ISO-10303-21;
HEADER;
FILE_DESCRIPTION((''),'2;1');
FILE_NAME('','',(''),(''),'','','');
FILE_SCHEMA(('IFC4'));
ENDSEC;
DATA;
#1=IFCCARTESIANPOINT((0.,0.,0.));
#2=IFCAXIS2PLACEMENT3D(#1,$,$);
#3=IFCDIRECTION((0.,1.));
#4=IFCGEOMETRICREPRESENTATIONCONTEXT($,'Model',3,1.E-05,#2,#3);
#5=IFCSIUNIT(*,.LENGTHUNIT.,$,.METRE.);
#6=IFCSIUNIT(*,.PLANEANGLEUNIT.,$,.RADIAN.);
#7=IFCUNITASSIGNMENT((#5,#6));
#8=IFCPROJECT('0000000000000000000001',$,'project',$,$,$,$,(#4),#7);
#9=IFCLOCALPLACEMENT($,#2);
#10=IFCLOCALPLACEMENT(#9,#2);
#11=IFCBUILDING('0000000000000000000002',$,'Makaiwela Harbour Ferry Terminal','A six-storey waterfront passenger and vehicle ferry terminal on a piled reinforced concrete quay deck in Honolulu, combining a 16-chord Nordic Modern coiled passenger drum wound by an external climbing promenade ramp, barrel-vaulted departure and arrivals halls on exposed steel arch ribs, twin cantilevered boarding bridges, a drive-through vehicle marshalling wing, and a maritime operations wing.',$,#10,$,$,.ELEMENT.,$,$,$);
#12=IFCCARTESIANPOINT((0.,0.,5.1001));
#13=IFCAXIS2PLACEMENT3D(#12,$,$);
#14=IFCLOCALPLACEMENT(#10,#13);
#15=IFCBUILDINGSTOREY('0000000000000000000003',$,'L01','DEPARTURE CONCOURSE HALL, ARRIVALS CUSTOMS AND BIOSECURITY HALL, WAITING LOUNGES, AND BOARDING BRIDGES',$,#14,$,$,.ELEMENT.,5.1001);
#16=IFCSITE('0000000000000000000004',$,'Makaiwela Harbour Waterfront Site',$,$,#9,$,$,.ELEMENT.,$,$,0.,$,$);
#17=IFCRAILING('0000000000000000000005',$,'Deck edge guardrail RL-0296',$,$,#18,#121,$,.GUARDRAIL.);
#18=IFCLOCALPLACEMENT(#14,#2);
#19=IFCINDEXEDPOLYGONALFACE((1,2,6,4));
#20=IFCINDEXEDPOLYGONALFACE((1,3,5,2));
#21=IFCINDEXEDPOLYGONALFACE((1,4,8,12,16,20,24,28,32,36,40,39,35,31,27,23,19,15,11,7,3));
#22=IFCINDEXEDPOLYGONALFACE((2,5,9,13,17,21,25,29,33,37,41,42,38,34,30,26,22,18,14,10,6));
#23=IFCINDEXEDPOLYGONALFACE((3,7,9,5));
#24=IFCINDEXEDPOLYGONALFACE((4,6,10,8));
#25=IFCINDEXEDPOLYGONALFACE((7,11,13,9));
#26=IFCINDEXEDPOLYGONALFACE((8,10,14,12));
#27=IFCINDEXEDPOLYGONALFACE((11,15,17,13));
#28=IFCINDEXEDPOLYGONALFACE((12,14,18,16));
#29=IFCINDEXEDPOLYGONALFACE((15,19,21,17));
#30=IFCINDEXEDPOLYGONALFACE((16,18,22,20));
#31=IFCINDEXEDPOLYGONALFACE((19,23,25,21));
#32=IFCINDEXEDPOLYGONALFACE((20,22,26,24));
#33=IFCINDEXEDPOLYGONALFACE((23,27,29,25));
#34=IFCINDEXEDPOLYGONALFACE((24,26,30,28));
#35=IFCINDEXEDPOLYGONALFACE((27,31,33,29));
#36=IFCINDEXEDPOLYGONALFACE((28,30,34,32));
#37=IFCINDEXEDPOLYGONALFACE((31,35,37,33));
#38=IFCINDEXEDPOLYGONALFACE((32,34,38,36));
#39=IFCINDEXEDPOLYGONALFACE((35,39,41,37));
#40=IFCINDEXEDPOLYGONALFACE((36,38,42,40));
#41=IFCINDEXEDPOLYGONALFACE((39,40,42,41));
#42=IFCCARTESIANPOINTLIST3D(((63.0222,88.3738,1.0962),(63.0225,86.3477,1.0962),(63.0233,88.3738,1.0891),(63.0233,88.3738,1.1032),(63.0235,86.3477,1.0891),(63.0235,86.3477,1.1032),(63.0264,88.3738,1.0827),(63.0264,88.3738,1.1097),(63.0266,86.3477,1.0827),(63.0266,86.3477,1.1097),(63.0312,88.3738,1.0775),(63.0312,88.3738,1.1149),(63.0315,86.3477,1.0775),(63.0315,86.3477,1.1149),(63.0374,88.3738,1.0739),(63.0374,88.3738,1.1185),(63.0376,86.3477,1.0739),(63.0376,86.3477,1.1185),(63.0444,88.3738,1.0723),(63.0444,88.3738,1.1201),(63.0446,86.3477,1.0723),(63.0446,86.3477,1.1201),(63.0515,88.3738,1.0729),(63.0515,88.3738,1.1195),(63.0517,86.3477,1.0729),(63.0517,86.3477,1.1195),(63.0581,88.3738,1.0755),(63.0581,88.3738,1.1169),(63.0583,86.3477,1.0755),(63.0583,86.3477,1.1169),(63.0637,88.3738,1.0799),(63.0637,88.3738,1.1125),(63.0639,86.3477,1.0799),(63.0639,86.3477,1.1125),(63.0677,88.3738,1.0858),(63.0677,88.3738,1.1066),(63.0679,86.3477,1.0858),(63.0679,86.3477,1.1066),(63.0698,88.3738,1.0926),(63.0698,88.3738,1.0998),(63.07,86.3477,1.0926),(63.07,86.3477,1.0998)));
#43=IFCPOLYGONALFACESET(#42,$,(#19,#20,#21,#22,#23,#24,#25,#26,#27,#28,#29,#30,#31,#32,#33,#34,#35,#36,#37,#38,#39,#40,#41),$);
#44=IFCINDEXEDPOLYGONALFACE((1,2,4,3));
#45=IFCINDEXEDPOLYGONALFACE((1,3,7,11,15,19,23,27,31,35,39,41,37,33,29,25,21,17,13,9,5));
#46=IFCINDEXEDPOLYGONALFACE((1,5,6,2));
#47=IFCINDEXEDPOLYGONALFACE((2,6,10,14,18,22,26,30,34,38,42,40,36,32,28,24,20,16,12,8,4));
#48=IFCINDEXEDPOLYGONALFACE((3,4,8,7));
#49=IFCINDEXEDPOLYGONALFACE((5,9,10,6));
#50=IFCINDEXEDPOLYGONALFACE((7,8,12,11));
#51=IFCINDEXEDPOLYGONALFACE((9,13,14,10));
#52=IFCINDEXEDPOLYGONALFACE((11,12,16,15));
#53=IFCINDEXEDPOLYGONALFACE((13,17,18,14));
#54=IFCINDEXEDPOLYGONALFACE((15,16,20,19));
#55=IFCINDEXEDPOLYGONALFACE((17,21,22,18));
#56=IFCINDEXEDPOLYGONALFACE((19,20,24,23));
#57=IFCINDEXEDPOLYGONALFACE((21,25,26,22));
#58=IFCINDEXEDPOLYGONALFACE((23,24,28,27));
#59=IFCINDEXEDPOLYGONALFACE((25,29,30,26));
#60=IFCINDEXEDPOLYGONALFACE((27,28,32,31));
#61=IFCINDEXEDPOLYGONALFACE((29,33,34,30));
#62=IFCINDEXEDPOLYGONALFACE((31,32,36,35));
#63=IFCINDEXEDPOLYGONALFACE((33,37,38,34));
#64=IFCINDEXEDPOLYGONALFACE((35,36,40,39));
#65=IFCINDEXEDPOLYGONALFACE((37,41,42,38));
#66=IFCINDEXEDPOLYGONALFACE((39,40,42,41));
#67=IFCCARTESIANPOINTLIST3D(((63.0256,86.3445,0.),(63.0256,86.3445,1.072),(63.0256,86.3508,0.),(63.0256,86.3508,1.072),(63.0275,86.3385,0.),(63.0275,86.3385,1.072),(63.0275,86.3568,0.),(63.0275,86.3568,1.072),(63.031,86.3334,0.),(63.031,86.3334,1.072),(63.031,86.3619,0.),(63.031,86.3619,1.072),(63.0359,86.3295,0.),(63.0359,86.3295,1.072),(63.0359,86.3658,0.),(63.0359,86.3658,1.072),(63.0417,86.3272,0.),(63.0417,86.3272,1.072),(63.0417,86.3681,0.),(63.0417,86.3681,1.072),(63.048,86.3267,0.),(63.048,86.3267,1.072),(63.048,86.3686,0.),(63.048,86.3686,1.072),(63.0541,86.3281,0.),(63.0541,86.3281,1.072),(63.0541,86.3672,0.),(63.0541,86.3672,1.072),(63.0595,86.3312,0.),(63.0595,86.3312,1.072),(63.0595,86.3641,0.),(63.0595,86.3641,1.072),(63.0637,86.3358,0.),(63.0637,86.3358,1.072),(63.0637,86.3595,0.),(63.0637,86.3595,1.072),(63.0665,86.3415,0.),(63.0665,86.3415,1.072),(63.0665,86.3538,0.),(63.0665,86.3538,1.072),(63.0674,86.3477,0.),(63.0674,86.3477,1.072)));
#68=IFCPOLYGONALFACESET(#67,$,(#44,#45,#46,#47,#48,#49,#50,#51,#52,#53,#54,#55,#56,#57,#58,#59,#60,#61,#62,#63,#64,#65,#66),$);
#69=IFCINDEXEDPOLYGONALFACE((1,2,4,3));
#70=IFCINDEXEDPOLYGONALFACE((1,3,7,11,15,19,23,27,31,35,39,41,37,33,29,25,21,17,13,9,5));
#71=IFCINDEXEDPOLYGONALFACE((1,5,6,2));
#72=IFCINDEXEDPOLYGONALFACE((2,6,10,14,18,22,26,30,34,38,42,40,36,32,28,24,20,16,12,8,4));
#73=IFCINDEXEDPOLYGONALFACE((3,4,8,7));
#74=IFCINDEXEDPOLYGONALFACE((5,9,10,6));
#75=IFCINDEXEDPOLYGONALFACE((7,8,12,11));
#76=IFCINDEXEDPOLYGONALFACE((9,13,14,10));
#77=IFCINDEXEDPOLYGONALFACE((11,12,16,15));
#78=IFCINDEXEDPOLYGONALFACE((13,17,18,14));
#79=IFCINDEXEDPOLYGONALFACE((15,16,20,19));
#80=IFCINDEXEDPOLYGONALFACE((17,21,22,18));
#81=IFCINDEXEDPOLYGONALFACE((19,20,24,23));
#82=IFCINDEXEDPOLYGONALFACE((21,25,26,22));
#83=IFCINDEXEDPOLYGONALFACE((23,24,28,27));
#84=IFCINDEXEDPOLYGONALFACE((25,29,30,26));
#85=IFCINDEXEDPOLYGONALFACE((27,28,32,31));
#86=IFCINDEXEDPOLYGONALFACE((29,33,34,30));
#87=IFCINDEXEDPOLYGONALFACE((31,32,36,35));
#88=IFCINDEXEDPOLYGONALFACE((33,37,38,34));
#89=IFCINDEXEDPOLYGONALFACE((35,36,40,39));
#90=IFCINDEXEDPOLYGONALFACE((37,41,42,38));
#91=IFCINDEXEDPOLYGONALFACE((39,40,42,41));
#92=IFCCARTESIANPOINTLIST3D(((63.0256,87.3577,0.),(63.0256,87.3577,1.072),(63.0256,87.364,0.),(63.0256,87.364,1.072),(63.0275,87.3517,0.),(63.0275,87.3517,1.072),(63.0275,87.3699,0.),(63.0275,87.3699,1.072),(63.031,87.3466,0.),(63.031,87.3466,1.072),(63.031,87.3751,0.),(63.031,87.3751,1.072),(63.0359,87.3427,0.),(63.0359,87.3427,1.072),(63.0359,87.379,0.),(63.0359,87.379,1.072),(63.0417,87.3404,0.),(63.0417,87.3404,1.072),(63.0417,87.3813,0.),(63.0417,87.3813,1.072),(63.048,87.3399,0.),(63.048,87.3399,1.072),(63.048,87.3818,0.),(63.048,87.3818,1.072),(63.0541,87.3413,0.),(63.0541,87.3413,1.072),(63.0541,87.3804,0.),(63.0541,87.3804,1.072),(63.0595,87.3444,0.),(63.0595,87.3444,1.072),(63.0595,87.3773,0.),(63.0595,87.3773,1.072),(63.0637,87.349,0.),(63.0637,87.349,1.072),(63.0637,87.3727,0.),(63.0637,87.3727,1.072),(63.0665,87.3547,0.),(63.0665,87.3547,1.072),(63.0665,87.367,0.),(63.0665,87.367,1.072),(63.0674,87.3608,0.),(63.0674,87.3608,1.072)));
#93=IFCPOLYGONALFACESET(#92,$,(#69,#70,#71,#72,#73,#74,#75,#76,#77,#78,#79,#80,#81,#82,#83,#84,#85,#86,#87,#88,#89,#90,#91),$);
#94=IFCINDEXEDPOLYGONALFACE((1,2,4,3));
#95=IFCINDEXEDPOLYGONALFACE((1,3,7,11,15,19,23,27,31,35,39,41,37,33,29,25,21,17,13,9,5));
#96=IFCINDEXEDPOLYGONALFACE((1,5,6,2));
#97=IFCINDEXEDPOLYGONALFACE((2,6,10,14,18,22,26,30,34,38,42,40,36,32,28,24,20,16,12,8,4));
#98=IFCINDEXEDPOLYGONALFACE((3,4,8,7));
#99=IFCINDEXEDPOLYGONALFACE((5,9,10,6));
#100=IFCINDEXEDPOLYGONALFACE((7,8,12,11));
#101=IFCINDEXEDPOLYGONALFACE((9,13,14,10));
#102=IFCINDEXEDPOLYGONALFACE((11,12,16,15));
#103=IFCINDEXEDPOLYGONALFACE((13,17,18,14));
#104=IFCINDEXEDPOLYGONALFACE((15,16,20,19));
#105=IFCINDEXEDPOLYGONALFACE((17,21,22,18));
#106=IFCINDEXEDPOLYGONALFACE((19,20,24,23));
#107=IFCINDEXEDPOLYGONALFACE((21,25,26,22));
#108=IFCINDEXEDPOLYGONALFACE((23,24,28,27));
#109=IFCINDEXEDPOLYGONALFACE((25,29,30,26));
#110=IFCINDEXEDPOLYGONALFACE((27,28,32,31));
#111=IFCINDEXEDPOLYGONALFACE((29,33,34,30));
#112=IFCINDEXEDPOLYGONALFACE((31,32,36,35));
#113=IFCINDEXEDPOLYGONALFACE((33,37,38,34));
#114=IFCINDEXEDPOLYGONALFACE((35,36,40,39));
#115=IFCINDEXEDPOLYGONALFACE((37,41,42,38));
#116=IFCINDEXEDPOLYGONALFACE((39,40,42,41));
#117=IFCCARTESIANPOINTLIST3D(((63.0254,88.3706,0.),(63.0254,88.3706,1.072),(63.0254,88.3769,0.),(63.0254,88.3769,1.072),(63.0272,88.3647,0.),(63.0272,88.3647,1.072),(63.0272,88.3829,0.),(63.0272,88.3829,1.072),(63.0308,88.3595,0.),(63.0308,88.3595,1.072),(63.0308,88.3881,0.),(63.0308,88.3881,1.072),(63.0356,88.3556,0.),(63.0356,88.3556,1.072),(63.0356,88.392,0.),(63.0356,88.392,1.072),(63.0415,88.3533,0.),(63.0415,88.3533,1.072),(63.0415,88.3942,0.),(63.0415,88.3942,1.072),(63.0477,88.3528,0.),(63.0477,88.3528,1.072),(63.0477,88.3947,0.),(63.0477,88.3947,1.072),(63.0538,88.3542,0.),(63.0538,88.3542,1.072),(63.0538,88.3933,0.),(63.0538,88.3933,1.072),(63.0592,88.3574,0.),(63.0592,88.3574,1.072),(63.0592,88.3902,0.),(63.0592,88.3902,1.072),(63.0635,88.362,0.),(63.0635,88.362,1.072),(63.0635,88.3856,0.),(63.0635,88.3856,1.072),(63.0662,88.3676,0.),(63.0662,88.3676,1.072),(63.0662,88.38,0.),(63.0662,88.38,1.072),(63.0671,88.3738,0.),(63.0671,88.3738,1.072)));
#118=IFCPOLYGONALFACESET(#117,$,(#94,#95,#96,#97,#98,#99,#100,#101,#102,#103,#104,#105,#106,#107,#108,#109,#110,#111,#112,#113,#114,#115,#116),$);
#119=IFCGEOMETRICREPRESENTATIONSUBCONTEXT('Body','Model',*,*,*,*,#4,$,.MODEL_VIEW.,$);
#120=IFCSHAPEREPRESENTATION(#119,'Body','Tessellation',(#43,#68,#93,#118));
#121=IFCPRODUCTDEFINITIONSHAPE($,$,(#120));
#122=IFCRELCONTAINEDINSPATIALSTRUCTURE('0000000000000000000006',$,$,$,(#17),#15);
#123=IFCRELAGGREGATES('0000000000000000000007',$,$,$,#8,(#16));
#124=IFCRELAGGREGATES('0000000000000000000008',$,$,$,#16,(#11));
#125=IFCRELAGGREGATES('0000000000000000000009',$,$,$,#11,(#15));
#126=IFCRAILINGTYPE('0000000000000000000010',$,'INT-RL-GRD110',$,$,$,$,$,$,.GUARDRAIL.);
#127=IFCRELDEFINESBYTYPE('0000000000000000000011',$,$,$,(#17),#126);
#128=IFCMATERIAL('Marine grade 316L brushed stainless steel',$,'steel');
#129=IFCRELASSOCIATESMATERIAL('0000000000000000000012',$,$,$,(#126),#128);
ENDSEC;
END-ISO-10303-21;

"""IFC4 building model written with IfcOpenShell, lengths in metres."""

from ifc_helpers import new_model, si_unit, direction, frame, origin, origin_2d, place, context, subcontext, project, spatial, circle, extrude, material, type_object, element, save


model = new_model("IFC4")

# Units and contexts
model_context = context("Model", 3, precision=1e-05, world=origin(), true_north=direction((0.0, 1.0)))
body_context = subcontext(model_context, "Body", "Model", "MODEL_VIEW")
ifc_project = project(units=[si_unit("LENGTHUNIT", "METRE"), si_unit("PLANEANGLEUNIT", "RADIAN")], contexts=[model_context])

# Site, building, storey
site_placement = place(None, origin())
site = spatial("IfcSite", under=ifc_project, at=site_placement, Name="Makaiwela Harbour Waterfront Site", CompositionType="ELEMENT", RefElevation=0.0)
building_placement = place(site_placement, origin())
building = spatial("IfcBuilding", under=site, at=building_placement, Name="Makaiwela Harbour Ferry Terminal", Description="A six-storey waterfront passenger and vehicle ferry terminal on a piled reinforced concrete quay deck in Honolulu, combining a 16-chord Nordic Modern coiled passenger drum wound by an external climbing promenade ramp, barrel-vaulted departure and arrivals halls on exposed steel arch ribs, twin cantilevered boarding bridges, a drive-through vehicle marshalling wing, and a maritime operations wing.", CompositionType="ELEMENT")
storey_placement = place(building_placement, frame((0.0, 0.0, 5.1001)))
storey = spatial("IfcBuildingStorey", under=building, at=storey_placement, Name="L01", Description="DEPARTURE CONCOURSE HALL, ARRIVALS CUSTOMS AND BIOSECURITY HALL, WAITING LOUNGES, AND BOARDING BRIDGES", CompositionType="ELEMENT", Elevation=5.1001)

# Railing
ifc_material_1 = material(Name="Marine grade 316L brushed stainless steel", Category="steel")
railing_type = type_object("IfcRailingType", Name="INT-RL-GRD110", PredefinedType="GUARDRAIL", material=ifc_material_1)
railing_1_placement = place(storey_placement, frame((63.0464, 86.3477, 0.0)))
element("IfcRailing", 1, at=railing_1_placement, inside=storey, type_object=railing_type, Name="Deck edge guardrail RL-0296", PredefinedType="GUARDRAIL", context=body_context, shape_type="SweptSolid", body=[
    extrude(circle(Radius=0.0239, at=origin_2d()), frame((0.0, 0.0, 1.0962), z_axis=(-0.00012, 1.0, 0.0), x_axis=(-1.0, -0.00012, 0.0)), (0.0, 0.0, 1.0), 2.0261),
    extrude(circle(Radius=0.021, at=origin_2d()), origin(), (0.0, 0.0, 1.0), 1.072),
    extrude(circle(Radius=0.021, at=origin_2d()), frame((0.0, 1.0132, 0.0)), (0.0, 0.0, 1.0), 1.072),
    extrude(circle(Radius=0.021, at=origin_2d()), frame((-0.0002, 2.0261, 0.0)), (0.0, 0.0, 1.0), 1.072),
])

save(model, "model.ifc")
